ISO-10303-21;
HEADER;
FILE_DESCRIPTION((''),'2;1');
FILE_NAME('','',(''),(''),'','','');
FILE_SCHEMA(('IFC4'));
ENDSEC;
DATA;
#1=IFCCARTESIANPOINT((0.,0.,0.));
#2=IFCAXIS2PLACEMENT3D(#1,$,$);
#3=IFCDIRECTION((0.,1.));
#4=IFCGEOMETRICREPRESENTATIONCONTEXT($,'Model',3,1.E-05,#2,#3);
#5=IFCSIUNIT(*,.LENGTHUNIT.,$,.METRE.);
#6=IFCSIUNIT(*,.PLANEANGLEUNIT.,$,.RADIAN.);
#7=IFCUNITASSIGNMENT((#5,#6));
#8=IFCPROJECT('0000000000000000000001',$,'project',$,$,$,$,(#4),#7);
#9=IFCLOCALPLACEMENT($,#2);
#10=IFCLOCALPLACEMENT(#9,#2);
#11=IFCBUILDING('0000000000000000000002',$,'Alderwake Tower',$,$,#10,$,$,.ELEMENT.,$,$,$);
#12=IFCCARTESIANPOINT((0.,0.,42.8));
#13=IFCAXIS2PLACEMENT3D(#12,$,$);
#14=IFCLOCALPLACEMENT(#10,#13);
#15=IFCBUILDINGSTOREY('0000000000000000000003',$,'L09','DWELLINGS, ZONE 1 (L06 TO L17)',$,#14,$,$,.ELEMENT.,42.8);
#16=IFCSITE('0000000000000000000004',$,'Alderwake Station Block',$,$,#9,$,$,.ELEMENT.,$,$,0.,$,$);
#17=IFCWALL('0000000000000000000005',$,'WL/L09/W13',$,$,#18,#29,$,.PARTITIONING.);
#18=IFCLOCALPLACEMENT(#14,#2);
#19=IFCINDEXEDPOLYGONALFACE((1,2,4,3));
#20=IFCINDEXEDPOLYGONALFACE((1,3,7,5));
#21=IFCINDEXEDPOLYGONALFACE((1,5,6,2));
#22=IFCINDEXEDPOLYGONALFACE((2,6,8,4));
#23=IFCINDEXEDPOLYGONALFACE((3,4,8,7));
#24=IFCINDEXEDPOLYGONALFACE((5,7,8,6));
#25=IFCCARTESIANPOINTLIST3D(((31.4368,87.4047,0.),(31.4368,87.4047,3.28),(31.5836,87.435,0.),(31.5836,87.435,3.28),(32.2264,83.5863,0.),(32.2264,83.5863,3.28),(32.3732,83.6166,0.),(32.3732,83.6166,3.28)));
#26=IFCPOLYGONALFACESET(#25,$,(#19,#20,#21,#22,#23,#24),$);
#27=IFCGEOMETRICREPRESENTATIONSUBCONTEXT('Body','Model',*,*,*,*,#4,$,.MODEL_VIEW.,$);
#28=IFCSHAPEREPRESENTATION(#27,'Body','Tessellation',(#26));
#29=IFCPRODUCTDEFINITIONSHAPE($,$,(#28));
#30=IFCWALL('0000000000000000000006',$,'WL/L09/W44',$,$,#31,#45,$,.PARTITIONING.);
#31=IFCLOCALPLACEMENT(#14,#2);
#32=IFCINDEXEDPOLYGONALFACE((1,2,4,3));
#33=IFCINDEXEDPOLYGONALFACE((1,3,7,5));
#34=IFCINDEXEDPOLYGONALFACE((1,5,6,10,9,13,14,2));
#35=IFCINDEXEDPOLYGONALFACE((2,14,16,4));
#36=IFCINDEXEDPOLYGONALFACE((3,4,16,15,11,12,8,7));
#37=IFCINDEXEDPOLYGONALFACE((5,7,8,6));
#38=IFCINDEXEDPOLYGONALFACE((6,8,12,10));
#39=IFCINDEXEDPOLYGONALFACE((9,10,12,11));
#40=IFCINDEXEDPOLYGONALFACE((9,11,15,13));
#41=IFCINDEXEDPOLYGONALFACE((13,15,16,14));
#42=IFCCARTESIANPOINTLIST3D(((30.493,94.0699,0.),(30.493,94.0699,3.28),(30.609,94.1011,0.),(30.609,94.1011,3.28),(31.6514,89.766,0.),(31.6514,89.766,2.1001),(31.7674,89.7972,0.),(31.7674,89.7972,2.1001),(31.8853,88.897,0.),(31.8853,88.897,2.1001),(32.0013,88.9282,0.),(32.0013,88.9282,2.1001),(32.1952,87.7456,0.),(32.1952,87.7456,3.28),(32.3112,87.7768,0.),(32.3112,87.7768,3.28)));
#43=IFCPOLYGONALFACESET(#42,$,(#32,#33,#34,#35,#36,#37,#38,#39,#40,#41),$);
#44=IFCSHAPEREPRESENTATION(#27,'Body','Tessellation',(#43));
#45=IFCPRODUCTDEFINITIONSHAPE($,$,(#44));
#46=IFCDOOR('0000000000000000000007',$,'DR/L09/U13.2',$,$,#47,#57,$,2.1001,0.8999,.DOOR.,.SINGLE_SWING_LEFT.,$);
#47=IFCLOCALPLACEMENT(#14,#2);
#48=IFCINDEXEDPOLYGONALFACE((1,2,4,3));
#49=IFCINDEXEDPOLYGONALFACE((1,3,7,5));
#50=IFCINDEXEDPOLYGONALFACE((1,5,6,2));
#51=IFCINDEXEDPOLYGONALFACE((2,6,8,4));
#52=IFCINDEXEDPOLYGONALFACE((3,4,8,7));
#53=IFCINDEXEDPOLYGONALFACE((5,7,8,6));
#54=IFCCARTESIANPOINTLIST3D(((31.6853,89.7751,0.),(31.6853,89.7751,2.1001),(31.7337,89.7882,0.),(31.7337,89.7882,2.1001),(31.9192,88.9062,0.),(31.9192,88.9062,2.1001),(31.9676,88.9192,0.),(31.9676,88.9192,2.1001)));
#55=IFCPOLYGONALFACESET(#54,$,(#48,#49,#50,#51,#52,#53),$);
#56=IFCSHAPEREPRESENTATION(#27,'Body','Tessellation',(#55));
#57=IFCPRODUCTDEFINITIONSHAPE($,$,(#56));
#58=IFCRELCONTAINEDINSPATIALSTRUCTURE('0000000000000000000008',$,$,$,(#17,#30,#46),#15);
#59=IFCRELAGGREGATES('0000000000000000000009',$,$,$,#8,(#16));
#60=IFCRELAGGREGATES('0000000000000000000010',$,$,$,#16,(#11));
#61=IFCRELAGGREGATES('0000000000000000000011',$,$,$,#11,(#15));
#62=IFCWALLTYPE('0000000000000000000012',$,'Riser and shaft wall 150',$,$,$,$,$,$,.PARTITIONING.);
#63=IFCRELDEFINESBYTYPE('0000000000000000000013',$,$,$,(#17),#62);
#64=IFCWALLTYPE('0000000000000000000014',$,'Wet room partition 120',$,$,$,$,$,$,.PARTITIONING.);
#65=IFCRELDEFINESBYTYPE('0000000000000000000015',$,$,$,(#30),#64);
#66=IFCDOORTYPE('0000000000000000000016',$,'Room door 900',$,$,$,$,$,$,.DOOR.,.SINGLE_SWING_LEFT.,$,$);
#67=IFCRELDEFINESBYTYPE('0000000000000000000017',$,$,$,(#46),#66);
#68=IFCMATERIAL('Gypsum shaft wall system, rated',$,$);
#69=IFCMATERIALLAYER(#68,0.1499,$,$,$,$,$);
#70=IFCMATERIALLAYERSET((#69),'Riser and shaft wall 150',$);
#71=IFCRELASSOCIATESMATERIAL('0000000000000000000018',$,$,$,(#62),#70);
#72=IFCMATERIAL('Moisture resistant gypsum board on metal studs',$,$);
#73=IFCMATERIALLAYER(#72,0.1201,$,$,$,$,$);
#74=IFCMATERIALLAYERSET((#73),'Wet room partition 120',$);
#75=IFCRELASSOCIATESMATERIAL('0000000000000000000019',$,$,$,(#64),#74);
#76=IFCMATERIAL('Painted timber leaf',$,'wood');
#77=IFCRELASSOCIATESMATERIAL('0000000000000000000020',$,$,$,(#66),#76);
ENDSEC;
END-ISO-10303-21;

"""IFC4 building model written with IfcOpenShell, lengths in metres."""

from ifc_helpers import new_model, si_unit, direction, frame, frame_2d, origin, place, context, subcontext, project, spatial, rectangle, extrude, material, layer, layer_set, type_object, element, fill, save


model = new_model("IFC4")

# Units and contexts
model_context = context("Model", 3, precision=1e-05, world=origin(), true_north=direction((0.0, 1.0)))
body_context = subcontext(model_context, "Body", "Model", "MODEL_VIEW")
ifc_project = project(units=[si_unit("LENGTHUNIT", "METRE"), si_unit("PLANEANGLEUNIT", "RADIAN")], contexts=[model_context])

# Site, building, storey
site_placement = place(None, origin())
site = spatial("IfcSite", under=ifc_project, at=site_placement, Name="Alderwake Station Block", CompositionType="ELEMENT", RefElevation=0.0)
building_placement = place(site_placement, origin())
building = spatial("IfcBuilding", under=site, at=building_placement, Name="Alderwake Tower", CompositionType="ELEMENT")
storey_placement = place(building_placement, frame((0.0, 0.0, 42.8)))
storey = spatial("IfcBuildingStorey", under=building, at=storey_placement, Name="L09", Description="DWELLINGS, ZONE 1 (L06 TO L17)", CompositionType="ELEMENT", Elevation=42.8)

# Wall
ifc_material_1 = material(Name="Gypsum shaft wall system, rated")
ifc_layer_1 = layer(ifc_material_1, 0.1499)
ifc_layer_set_1 = layer_set([ifc_layer_1], Name="Riser and shaft wall 150")
wall_type_1 = type_object("IfcWallType", Name="Riser and shaft wall 150", PredefinedType="PARTITIONING", material=ifc_layer_set_1)
wall_1_placement = place(storey_placement, frame((32.2998, 83.6013, 0.0), z_axis=(0.0, 0.0, 1.0), x_axis=(-0.202494, 0.979284, 0.0)))
element("IfcWall", 1, at=wall_1_placement, inside=storey, type_object=wall_type_1, Name="WL/L09/W13", PredefinedType="PARTITIONING", context=body_context, shape_type="SweptSolid", body=[
    extrude(rectangle(XDim=3.8992, YDim=0.1499, at=frame_2d((1.9497, 0.0))), origin(), (0.0, 0.0, 1.0), 3.28),
])

# Wall, opening, door
ifc_material_2 = material(Name="Moisture resistant gypsum board on metal studs")
ifc_layer_2 = layer(ifc_material_2, 0.1201)
ifc_layer_set_2 = layer_set([ifc_layer_2], Name="Wet room partition 120")
wall_type_2 = type_object("IfcWallType", Name="Wet room partition 120", PredefinedType="PARTITIONING", material=ifc_layer_set_2)
wall_2_placement = place(storey_placement, frame((32.2532, 87.7612, 0.0), z_axis=(0.0, 0.0, 1.0), x_axis=(-0.259899, 0.965636, 0.0)))
wall_2 = element("IfcWall", 2, at=wall_2_placement, inside=storey, type_object=wall_type_2, Name="WL/L09/W44", PredefinedType="PARTITIONING", context=body_context, shape_type="SweptSolid", body=[
    extrude(rectangle(XDim=6.5493, YDim=0.1201, at=frame_2d((3.2747, 0.0))), origin(), (0.0, 0.0, 1.0), 3.28),
])
opening_1_placement = place(wall_2_placement, frame((1.1924, 0.0, 0.0)))
opening_1 = element("IfcOpeningElement", 3, at=opening_1_placement, cuts=wall_2, PredefinedType="OPENING", context=body_context, shape_type="SweptSolid", body=[
    extrude(rectangle(XDim=0.8999, YDim=2.1001, at=frame_2d((0.45, 1.05))), frame((0.0, 0.0701, 0.0), z_axis=(0.0, -1.0, 0.0), x_axis=(1.0, 0.0, 0.0)), (0.0, 0.0, 1.0), 0.1401),
])
ifc_material_3 = material(Name="Painted timber leaf", Category="wood")
door_type_1 = type_object("IfcDoorType", Name="Room door 900", OperationType="SINGLE_SWING_LEFT", PredefinedType="DOOR", material=ifc_material_3)
door_1_placement = place(opening_1_placement, origin())
door_1 = element("IfcDoor", 4, at=door_1_placement, inside=storey, type_object=door_type_1, Name="DR/L09/U13.2", OperationType="SINGLE_SWING_LEFT", OverallHeight=2.1001, OverallWidth=0.8999, PredefinedType="DOOR", context=body_context, shape_type="SweptSolid", body=[
    extrude(rectangle(XDim=0.8999, YDim=2.1001, at=frame_2d((0.45, 1.05))), frame((0.0, 0.0249, 0.0), z_axis=(0.0, -1.0, 0.0), x_axis=(1.0, 0.0, 0.0)), (0.0, 0.0, 1.0), 0.05),
])
fill(opening_1, door_1)

save(model, "model.ifc")
